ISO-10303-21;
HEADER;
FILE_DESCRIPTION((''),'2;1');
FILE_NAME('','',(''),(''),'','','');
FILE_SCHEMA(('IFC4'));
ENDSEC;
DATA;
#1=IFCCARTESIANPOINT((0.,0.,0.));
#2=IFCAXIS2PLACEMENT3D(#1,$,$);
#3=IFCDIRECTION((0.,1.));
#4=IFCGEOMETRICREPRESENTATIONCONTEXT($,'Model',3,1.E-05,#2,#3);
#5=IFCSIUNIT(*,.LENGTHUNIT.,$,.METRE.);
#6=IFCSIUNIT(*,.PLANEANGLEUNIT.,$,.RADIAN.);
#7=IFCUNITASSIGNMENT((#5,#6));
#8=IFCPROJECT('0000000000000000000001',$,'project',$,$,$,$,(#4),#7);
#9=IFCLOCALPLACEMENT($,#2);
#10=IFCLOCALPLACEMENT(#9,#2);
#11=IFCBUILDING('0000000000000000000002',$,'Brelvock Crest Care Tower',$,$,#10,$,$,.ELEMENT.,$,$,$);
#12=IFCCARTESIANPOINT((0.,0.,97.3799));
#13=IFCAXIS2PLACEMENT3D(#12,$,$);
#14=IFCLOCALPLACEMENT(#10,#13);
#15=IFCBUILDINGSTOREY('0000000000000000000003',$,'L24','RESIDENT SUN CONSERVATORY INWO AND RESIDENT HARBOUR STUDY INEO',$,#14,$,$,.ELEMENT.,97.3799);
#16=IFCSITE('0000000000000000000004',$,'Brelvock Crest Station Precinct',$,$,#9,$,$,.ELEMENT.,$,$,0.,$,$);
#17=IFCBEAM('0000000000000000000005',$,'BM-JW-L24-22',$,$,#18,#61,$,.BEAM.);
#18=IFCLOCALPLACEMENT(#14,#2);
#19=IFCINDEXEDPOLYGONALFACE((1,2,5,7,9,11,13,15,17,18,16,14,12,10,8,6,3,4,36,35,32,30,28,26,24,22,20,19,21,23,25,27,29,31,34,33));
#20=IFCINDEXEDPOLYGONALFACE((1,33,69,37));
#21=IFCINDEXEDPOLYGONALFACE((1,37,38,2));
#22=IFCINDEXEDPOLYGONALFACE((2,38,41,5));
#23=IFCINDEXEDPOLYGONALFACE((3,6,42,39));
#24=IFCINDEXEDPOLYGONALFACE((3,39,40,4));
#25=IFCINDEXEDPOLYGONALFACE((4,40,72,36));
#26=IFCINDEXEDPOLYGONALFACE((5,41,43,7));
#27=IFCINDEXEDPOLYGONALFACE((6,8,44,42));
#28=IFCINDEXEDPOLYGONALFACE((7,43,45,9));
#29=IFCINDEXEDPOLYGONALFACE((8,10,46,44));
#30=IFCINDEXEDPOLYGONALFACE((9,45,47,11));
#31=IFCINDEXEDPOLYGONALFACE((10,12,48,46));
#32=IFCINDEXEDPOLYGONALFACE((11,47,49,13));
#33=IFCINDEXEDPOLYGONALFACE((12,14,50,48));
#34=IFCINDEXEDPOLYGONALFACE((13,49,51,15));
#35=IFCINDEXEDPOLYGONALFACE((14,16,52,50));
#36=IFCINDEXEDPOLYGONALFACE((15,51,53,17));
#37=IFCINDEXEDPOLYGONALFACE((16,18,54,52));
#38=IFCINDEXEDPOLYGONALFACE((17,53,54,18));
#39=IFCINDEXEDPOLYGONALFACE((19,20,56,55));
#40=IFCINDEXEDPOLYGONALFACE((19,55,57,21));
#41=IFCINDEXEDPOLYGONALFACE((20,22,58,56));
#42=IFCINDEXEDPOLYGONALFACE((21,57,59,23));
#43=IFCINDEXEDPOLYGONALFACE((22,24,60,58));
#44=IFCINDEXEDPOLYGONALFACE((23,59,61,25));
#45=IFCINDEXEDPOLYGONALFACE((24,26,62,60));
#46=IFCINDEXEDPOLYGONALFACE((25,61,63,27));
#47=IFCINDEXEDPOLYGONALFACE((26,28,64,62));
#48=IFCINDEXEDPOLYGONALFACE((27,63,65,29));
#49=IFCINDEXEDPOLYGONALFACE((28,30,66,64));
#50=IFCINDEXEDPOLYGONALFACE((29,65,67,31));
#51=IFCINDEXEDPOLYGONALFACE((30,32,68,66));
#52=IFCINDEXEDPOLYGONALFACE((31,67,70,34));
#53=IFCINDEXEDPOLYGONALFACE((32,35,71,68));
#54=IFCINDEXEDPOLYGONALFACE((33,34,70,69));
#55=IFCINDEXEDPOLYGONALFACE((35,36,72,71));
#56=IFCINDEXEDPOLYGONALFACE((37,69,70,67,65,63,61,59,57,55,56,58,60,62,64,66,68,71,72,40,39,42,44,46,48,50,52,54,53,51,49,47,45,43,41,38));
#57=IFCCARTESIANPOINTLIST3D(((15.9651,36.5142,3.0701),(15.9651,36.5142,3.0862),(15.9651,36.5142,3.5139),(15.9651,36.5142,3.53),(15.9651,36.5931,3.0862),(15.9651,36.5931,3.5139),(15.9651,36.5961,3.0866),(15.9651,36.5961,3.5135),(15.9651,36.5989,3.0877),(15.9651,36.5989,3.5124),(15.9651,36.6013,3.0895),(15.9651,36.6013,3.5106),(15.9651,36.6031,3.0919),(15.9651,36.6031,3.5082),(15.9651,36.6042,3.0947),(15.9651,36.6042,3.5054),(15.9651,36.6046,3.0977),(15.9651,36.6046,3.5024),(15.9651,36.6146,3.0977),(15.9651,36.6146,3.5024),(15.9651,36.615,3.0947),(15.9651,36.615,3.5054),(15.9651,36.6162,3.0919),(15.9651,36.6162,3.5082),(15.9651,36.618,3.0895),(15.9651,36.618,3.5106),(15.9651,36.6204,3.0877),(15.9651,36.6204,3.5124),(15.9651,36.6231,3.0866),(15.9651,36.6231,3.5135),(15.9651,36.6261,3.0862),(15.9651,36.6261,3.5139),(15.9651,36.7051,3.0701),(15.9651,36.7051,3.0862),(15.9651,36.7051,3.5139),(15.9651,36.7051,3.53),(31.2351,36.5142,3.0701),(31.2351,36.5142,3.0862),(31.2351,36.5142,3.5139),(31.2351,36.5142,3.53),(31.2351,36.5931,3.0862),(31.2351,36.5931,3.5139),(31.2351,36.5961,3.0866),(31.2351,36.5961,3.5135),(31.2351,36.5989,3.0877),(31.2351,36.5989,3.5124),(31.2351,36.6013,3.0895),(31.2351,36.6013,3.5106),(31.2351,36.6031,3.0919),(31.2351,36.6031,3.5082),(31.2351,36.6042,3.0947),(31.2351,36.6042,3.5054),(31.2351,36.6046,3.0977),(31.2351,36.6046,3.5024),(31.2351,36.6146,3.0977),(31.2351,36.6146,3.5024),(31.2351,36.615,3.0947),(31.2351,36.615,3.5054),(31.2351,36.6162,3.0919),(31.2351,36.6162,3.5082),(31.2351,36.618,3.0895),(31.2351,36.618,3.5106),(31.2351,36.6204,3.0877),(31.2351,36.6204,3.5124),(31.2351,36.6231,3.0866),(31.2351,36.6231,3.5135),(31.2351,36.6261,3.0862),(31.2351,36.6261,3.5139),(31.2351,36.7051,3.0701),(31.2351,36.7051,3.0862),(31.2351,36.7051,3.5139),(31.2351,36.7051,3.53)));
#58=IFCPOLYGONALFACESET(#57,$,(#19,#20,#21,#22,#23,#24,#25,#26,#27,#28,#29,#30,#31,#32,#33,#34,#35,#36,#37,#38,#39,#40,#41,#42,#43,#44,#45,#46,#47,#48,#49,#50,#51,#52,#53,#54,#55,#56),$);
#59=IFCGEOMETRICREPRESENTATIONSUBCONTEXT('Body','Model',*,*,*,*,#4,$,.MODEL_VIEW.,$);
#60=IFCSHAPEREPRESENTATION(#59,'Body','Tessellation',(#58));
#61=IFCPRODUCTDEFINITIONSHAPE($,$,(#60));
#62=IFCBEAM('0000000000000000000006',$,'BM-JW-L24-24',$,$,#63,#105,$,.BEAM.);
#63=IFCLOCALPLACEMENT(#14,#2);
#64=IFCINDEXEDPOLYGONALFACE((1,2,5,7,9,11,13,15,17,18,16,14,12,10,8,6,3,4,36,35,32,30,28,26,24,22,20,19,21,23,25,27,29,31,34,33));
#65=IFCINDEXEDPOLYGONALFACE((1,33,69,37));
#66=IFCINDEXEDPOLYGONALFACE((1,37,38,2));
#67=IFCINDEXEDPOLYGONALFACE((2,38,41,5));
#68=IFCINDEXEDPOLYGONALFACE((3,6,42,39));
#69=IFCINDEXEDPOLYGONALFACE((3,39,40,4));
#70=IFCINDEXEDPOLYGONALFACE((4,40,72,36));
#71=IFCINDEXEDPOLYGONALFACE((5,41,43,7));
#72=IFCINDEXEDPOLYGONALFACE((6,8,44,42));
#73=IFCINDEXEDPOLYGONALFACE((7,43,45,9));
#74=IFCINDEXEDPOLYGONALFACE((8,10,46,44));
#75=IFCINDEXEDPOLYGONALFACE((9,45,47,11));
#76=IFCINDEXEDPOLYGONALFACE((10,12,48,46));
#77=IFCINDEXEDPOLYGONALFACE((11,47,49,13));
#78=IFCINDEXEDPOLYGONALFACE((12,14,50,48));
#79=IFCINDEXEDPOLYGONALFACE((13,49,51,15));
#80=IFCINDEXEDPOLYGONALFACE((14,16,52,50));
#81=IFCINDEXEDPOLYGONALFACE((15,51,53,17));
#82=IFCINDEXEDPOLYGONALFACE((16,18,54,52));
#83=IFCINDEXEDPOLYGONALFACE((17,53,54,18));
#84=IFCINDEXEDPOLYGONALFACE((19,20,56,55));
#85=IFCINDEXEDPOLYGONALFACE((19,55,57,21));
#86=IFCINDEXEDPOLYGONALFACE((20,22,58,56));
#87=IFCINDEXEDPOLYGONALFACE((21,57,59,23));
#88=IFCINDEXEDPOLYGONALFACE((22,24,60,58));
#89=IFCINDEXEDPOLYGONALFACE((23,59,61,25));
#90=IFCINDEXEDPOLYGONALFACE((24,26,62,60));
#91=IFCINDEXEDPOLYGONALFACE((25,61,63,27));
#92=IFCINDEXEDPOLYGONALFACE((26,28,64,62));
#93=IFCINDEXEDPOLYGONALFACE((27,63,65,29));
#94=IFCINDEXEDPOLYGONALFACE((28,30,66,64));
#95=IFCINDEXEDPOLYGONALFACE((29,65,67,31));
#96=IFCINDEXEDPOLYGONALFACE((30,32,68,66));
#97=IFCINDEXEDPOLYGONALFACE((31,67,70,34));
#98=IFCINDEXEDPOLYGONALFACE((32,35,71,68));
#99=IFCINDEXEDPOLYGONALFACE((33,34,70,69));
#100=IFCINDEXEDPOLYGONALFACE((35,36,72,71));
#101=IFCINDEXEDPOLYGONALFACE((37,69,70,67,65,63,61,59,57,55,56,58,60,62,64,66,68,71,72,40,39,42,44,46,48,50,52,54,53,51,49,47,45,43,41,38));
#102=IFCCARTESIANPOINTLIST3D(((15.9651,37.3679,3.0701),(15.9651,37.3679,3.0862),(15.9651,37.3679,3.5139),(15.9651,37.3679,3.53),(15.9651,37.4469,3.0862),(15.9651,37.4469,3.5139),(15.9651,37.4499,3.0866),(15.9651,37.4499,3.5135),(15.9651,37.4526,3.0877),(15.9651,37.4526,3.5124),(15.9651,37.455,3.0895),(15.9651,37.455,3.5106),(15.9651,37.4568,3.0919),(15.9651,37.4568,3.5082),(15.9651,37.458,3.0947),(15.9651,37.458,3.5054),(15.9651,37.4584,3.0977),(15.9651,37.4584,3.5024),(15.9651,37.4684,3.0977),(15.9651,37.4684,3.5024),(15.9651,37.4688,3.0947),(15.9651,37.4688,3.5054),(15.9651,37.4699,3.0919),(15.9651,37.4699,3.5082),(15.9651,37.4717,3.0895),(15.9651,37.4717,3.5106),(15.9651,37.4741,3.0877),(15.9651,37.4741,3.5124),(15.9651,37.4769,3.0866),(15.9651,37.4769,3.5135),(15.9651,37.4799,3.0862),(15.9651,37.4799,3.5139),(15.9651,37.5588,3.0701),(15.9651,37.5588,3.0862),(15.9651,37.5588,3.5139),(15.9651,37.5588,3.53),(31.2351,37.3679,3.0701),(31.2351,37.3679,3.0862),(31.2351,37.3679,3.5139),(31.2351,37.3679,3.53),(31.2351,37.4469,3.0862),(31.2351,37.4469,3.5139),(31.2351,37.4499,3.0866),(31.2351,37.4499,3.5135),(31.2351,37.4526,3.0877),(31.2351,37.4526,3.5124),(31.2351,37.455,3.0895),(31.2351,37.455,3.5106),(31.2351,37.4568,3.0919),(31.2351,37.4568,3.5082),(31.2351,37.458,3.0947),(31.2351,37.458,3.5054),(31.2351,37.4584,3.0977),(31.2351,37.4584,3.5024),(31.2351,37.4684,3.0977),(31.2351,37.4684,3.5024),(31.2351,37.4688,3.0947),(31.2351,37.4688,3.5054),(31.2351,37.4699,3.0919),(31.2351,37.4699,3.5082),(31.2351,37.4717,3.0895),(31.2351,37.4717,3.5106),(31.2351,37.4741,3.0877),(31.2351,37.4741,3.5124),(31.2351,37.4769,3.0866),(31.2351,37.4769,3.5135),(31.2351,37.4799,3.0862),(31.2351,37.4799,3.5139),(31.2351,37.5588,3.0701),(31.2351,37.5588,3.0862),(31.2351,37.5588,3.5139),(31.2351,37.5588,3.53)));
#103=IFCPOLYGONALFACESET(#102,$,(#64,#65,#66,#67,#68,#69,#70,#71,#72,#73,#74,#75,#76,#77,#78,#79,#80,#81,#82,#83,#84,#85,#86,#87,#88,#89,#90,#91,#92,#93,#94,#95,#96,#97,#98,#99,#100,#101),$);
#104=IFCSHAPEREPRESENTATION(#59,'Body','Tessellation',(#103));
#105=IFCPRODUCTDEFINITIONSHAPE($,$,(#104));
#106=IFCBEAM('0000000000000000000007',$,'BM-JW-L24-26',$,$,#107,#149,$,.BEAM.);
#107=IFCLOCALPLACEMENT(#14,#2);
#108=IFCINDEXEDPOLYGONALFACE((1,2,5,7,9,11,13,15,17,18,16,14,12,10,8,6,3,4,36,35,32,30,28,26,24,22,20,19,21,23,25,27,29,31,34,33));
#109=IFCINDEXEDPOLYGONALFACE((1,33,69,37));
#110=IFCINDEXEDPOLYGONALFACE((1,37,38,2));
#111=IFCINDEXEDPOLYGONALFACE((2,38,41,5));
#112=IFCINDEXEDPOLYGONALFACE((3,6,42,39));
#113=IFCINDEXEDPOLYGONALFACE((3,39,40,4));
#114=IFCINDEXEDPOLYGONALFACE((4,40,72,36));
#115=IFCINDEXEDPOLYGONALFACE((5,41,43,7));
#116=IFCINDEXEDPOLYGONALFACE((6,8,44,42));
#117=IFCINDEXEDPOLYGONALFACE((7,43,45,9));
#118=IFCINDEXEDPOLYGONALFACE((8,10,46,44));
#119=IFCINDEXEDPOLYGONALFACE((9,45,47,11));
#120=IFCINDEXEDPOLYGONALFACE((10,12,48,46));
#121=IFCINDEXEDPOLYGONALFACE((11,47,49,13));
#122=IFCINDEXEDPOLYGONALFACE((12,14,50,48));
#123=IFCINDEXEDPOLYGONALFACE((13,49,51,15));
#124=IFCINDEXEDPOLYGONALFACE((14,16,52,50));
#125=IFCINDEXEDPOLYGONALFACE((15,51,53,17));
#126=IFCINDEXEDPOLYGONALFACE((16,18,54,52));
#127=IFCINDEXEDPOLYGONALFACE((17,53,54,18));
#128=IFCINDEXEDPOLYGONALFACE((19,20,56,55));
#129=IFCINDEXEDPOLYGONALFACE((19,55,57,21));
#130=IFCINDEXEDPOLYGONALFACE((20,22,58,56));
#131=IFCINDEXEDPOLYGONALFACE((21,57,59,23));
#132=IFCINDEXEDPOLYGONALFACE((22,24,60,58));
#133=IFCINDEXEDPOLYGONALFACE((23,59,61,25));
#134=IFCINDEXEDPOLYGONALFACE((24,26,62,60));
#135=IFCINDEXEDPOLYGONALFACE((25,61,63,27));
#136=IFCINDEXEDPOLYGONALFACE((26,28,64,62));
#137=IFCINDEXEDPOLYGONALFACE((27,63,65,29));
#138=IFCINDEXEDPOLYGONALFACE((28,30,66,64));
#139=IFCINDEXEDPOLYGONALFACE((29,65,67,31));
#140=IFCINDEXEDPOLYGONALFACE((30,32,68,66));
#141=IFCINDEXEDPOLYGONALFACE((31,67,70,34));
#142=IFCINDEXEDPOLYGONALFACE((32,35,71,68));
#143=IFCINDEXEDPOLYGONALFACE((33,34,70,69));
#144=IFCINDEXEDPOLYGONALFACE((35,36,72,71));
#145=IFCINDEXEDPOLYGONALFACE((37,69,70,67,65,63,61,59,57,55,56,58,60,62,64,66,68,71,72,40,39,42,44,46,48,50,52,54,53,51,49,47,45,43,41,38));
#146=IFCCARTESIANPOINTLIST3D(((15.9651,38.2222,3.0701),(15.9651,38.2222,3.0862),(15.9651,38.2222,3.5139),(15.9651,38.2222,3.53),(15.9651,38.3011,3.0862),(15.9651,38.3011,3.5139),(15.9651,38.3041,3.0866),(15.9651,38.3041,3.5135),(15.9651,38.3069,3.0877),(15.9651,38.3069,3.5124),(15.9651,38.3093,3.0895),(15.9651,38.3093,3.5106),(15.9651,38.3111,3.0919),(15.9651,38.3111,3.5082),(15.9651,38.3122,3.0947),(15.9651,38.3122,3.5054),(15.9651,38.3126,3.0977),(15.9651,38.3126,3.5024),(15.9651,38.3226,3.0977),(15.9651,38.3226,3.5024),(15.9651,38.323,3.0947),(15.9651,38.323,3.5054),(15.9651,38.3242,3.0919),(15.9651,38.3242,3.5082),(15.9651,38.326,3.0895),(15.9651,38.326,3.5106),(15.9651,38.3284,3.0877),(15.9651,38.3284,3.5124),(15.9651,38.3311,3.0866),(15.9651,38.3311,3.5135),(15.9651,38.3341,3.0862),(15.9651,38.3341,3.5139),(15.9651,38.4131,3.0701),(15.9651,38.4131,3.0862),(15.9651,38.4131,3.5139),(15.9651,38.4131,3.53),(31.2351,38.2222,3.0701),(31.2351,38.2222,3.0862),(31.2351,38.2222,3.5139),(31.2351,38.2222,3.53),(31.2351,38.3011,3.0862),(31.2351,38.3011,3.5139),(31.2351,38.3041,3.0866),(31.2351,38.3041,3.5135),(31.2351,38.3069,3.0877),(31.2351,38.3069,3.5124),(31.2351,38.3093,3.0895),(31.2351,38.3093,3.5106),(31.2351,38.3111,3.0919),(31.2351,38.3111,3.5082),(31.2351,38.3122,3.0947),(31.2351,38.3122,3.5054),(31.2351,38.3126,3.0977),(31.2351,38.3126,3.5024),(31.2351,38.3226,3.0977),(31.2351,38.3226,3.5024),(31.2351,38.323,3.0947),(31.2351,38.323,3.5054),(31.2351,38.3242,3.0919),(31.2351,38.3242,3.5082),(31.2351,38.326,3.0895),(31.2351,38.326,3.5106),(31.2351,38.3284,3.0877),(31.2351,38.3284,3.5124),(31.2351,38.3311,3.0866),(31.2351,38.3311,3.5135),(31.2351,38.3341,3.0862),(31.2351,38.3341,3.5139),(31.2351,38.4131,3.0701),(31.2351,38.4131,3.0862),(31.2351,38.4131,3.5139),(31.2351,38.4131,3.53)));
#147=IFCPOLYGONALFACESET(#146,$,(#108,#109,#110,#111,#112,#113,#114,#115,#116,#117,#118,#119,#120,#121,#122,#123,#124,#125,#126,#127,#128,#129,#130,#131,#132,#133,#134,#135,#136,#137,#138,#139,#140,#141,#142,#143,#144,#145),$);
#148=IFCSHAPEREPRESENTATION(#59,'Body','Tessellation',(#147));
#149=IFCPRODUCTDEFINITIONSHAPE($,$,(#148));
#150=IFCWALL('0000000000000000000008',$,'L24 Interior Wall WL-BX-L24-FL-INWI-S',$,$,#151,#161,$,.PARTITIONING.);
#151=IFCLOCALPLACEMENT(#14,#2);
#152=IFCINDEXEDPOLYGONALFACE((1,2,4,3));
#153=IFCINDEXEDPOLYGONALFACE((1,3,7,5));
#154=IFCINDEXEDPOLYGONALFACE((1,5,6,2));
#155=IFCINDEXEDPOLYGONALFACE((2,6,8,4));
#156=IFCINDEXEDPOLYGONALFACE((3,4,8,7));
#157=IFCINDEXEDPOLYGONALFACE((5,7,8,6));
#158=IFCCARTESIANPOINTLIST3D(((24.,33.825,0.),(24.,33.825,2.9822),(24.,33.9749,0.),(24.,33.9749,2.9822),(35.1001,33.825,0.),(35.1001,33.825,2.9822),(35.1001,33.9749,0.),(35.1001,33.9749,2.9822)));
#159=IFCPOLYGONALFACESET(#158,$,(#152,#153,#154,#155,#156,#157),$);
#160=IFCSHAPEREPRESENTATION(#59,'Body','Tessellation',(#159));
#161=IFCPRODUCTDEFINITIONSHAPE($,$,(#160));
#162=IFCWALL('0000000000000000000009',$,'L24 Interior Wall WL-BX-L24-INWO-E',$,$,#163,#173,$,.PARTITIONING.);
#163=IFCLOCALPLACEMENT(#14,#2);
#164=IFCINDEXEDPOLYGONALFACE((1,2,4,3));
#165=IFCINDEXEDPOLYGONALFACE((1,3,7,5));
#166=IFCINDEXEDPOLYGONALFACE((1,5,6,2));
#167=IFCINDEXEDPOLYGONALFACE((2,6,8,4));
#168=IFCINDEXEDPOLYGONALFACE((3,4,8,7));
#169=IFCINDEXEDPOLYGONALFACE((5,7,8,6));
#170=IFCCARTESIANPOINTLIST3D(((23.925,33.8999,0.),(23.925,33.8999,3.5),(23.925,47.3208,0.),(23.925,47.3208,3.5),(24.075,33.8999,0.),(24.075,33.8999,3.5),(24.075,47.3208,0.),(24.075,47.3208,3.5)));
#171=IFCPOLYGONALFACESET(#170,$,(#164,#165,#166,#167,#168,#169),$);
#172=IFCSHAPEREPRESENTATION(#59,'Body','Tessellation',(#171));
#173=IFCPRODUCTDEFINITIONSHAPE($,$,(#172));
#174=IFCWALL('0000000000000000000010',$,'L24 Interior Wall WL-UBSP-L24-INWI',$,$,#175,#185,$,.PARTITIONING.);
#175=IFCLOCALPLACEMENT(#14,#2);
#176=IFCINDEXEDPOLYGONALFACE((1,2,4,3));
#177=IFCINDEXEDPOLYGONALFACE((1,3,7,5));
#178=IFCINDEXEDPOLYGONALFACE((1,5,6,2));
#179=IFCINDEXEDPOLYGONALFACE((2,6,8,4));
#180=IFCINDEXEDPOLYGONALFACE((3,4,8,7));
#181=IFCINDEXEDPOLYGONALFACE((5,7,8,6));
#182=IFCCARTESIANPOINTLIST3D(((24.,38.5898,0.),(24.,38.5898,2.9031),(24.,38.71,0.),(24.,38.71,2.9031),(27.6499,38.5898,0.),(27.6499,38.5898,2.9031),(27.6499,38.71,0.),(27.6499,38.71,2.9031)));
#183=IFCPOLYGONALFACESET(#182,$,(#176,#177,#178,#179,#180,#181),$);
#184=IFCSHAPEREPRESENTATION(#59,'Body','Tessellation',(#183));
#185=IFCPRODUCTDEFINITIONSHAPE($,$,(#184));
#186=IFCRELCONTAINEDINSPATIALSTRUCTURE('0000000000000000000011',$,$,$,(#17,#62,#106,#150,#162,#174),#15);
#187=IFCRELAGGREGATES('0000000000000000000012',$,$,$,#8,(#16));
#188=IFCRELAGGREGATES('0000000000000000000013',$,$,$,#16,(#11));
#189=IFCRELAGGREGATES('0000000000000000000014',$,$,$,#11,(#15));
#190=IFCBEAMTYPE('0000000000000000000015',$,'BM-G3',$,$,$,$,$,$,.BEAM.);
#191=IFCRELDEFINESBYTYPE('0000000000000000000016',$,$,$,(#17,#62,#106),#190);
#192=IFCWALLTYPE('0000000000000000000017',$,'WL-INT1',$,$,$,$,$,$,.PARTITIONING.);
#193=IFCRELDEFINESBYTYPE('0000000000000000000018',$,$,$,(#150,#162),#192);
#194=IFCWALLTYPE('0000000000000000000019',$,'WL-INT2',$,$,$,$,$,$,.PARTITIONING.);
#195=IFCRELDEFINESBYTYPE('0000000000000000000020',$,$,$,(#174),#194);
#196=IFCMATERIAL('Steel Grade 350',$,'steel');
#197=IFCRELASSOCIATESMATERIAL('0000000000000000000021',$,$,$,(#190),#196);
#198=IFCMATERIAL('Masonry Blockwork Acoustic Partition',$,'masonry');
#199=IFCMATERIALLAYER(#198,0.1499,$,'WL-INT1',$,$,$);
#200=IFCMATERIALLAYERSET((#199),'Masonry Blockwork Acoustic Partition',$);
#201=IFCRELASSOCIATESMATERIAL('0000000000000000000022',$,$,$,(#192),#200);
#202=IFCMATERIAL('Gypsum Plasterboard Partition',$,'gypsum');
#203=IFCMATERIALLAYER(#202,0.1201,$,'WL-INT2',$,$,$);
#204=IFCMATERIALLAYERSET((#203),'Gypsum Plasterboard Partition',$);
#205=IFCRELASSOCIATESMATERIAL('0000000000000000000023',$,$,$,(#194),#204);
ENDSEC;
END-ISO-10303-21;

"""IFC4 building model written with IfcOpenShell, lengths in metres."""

from ifc_helpers import new_model, si_unit, direction, frame, frame_2d, origin, origin_2d, place, context, subcontext, project, spatial, rectangle, i_section, extrude, source, transform, mapped, material, layer, layer_set, material_profile, profile_set, type_object, element, save


model = new_model("IFC4")

# Units and contexts
model_context = context("Model", 3, precision=1e-05, world=origin(), true_north=direction((0.0, 1.0)))
body_context = subcontext(model_context, "Body", "Model", "MODEL_VIEW")
ifc_project = project(units=[si_unit("LENGTHUNIT", "METRE"), si_unit("PLANEANGLEUNIT", "RADIAN")], contexts=[model_context])

# Site, building, storey
site_placement = place(None, origin())
site = spatial("IfcSite", under=ifc_project, at=site_placement, Name="Brelvock Crest Station Precinct", CompositionType="ELEMENT", RefElevation=0.0)
building_placement = place(site_placement, origin())
building = spatial("IfcBuilding", under=site, at=building_placement, Name="Brelvock Crest Care Tower", CompositionType="ELEMENT")
storey_placement = place(building_placement, frame((0.0, 0.0, 97.3799)))
storey = spatial("IfcBuildingStorey", under=building, at=storey_placement, Name="L24", Description="RESIDENT SUN CONSERVATORY INWO AND RESIDENT HARBOUR STUDY INEO", CompositionType="ELEMENT", Elevation=97.3799)

# Beams
ifc_material_1 = material(Name="Steel Grade 350", Category="steel")
ifc_material_profile_1 = material_profile(ifc_material_1, i_section(OverallWidth=0.1909, OverallDepth=0.46, WebThickness=0.01, FlangeThickness=0.0161, FilletRadius=0.0115, at=origin_2d()), Name="460UB82.1")
ifc_profile_set_1 = profile_set([ifc_material_profile_1], Name="Steel Grade 350")
beam_type_1 = type_object("IfcBeamType", Name="BM-G3", PredefinedType="BEAM", material=ifc_profile_set_1)
shared_shape_1 = source(origin(), body_context, "Body", "SweptSolid", [
    extrude(i_section(OverallWidth=0.1909, OverallDepth=0.46, WebThickness=0.01, FlangeThickness=0.0161, FilletRadius=0.0115, at=origin_2d()), origin(), (0.0, 0.0, 1.0), 15.27),
])
for number, where, z_axis, x_axis, name in (
    (1, (15.9651, 36.6096, 3.3), (1.0, 0.0, 0.0), (0.0, 1.0, 0.0), "BM-JW-L24-22"),
    (2, (15.9651, 37.4634, 3.3), (1.0, 0.0, 0.0), (0.0, 1.0, 0.0), "BM-JW-L24-24"),
    (3, (15.9651, 38.3176, 3.3), (1.0, 0.0, 0.0), (0.0, 1.0, 0.0), "BM-JW-L24-26"),
):
    element("IfcBeam", number, at=place(storey_placement, frame(where, z_axis=z_axis, x_axis=x_axis)), inside=storey, type_object=beam_type_1, Name=name, PredefinedType="BEAM", context=body_context, shape_type="MappedRepresentation", body=[
        mapped(shared_shape_1, transform((0.0, 0.0, 0.0), x_axis=(1.0, 0.0, 0.0), y_axis=(0.0, 1.0, 0.0), z_axis=(0.0, 0.0, 1.0), scale=1.0)),
    ])

# Walls
ifc_material_2 = material(Name="Masonry Blockwork Acoustic Partition", Category="masonry")
ifc_layer_1 = layer(ifc_material_2, 0.1499, Name="WL-INT1")
ifc_layer_set_1 = layer_set([ifc_layer_1], Name="Masonry Blockwork Acoustic Partition")
wall_type_1 = type_object("IfcWallType", Name="WL-INT1", PredefinedType="PARTITIONING", material=ifc_layer_set_1)
wall_1_placement = place(storey_placement, frame((24.0, 33.8999, 0.0), z_axis=(0.0, 0.0, 1.0), x_axis=(1.0, 0.0, 0.0)))
element("IfcWall", 4, at=wall_1_placement, inside=storey, type_object=wall_type_1, Name="L24 Interior Wall WL-BX-L24-FL-INWI-S", PredefinedType="PARTITIONING", context=body_context, shape_type="SweptSolid", body=[
    extrude(rectangle(XDim=11.1001, YDim=0.1499, at=frame_2d((5.55, 0.0))), origin(), (0.0, 0.0, 1.0), 2.9822),
])
wall_2_placement = place(storey_placement, frame((24.0, 33.8999, 0.0), z_axis=(0.0, 0.0, 1.0), x_axis=(0.0, 1.0, 0.0)))
element("IfcWall", 5, at=wall_2_placement, inside=storey, type_object=wall_type_1, Name="L24 Interior Wall WL-BX-L24-INWO-E", PredefinedType="PARTITIONING", context=body_context, shape_type="SweptSolid", body=[
    extrude(rectangle(XDim=13.4209, YDim=0.1499, at=frame_2d((6.7104, 0.0))), origin(), (0.0, 0.0, 1.0), 3.5),
])
ifc_material_3 = material(Name="Gypsum Plasterboard Partition", Category="gypsum")
ifc_layer_2 = layer(ifc_material_3, 0.1201, Name="WL-INT2")
ifc_layer_set_2 = layer_set([ifc_layer_2], Name="Gypsum Plasterboard Partition")
wall_type_2 = type_object("IfcWallType", Name="WL-INT2", PredefinedType="PARTITIONING", material=ifc_layer_set_2)
wall_3_placement = place(storey_placement, frame((24.0, 38.6499, 0.0), z_axis=(0.0, 0.0, 1.0), x_axis=(1.0, 0.0, 0.0)))
element("IfcWall", 6, at=wall_3_placement, inside=storey, type_object=wall_type_2, Name="L24 Interior Wall WL-UBSP-L24-INWI", PredefinedType="PARTITIONING", context=body_context, shape_type="SweptSolid", body=[
    extrude(rectangle(XDim=3.6499, YDim=0.1201, at=frame_2d((1.825, 0.0))), origin(), (0.0, 0.0, 1.0), 2.9031),
])

save(model, "model.ifc")
